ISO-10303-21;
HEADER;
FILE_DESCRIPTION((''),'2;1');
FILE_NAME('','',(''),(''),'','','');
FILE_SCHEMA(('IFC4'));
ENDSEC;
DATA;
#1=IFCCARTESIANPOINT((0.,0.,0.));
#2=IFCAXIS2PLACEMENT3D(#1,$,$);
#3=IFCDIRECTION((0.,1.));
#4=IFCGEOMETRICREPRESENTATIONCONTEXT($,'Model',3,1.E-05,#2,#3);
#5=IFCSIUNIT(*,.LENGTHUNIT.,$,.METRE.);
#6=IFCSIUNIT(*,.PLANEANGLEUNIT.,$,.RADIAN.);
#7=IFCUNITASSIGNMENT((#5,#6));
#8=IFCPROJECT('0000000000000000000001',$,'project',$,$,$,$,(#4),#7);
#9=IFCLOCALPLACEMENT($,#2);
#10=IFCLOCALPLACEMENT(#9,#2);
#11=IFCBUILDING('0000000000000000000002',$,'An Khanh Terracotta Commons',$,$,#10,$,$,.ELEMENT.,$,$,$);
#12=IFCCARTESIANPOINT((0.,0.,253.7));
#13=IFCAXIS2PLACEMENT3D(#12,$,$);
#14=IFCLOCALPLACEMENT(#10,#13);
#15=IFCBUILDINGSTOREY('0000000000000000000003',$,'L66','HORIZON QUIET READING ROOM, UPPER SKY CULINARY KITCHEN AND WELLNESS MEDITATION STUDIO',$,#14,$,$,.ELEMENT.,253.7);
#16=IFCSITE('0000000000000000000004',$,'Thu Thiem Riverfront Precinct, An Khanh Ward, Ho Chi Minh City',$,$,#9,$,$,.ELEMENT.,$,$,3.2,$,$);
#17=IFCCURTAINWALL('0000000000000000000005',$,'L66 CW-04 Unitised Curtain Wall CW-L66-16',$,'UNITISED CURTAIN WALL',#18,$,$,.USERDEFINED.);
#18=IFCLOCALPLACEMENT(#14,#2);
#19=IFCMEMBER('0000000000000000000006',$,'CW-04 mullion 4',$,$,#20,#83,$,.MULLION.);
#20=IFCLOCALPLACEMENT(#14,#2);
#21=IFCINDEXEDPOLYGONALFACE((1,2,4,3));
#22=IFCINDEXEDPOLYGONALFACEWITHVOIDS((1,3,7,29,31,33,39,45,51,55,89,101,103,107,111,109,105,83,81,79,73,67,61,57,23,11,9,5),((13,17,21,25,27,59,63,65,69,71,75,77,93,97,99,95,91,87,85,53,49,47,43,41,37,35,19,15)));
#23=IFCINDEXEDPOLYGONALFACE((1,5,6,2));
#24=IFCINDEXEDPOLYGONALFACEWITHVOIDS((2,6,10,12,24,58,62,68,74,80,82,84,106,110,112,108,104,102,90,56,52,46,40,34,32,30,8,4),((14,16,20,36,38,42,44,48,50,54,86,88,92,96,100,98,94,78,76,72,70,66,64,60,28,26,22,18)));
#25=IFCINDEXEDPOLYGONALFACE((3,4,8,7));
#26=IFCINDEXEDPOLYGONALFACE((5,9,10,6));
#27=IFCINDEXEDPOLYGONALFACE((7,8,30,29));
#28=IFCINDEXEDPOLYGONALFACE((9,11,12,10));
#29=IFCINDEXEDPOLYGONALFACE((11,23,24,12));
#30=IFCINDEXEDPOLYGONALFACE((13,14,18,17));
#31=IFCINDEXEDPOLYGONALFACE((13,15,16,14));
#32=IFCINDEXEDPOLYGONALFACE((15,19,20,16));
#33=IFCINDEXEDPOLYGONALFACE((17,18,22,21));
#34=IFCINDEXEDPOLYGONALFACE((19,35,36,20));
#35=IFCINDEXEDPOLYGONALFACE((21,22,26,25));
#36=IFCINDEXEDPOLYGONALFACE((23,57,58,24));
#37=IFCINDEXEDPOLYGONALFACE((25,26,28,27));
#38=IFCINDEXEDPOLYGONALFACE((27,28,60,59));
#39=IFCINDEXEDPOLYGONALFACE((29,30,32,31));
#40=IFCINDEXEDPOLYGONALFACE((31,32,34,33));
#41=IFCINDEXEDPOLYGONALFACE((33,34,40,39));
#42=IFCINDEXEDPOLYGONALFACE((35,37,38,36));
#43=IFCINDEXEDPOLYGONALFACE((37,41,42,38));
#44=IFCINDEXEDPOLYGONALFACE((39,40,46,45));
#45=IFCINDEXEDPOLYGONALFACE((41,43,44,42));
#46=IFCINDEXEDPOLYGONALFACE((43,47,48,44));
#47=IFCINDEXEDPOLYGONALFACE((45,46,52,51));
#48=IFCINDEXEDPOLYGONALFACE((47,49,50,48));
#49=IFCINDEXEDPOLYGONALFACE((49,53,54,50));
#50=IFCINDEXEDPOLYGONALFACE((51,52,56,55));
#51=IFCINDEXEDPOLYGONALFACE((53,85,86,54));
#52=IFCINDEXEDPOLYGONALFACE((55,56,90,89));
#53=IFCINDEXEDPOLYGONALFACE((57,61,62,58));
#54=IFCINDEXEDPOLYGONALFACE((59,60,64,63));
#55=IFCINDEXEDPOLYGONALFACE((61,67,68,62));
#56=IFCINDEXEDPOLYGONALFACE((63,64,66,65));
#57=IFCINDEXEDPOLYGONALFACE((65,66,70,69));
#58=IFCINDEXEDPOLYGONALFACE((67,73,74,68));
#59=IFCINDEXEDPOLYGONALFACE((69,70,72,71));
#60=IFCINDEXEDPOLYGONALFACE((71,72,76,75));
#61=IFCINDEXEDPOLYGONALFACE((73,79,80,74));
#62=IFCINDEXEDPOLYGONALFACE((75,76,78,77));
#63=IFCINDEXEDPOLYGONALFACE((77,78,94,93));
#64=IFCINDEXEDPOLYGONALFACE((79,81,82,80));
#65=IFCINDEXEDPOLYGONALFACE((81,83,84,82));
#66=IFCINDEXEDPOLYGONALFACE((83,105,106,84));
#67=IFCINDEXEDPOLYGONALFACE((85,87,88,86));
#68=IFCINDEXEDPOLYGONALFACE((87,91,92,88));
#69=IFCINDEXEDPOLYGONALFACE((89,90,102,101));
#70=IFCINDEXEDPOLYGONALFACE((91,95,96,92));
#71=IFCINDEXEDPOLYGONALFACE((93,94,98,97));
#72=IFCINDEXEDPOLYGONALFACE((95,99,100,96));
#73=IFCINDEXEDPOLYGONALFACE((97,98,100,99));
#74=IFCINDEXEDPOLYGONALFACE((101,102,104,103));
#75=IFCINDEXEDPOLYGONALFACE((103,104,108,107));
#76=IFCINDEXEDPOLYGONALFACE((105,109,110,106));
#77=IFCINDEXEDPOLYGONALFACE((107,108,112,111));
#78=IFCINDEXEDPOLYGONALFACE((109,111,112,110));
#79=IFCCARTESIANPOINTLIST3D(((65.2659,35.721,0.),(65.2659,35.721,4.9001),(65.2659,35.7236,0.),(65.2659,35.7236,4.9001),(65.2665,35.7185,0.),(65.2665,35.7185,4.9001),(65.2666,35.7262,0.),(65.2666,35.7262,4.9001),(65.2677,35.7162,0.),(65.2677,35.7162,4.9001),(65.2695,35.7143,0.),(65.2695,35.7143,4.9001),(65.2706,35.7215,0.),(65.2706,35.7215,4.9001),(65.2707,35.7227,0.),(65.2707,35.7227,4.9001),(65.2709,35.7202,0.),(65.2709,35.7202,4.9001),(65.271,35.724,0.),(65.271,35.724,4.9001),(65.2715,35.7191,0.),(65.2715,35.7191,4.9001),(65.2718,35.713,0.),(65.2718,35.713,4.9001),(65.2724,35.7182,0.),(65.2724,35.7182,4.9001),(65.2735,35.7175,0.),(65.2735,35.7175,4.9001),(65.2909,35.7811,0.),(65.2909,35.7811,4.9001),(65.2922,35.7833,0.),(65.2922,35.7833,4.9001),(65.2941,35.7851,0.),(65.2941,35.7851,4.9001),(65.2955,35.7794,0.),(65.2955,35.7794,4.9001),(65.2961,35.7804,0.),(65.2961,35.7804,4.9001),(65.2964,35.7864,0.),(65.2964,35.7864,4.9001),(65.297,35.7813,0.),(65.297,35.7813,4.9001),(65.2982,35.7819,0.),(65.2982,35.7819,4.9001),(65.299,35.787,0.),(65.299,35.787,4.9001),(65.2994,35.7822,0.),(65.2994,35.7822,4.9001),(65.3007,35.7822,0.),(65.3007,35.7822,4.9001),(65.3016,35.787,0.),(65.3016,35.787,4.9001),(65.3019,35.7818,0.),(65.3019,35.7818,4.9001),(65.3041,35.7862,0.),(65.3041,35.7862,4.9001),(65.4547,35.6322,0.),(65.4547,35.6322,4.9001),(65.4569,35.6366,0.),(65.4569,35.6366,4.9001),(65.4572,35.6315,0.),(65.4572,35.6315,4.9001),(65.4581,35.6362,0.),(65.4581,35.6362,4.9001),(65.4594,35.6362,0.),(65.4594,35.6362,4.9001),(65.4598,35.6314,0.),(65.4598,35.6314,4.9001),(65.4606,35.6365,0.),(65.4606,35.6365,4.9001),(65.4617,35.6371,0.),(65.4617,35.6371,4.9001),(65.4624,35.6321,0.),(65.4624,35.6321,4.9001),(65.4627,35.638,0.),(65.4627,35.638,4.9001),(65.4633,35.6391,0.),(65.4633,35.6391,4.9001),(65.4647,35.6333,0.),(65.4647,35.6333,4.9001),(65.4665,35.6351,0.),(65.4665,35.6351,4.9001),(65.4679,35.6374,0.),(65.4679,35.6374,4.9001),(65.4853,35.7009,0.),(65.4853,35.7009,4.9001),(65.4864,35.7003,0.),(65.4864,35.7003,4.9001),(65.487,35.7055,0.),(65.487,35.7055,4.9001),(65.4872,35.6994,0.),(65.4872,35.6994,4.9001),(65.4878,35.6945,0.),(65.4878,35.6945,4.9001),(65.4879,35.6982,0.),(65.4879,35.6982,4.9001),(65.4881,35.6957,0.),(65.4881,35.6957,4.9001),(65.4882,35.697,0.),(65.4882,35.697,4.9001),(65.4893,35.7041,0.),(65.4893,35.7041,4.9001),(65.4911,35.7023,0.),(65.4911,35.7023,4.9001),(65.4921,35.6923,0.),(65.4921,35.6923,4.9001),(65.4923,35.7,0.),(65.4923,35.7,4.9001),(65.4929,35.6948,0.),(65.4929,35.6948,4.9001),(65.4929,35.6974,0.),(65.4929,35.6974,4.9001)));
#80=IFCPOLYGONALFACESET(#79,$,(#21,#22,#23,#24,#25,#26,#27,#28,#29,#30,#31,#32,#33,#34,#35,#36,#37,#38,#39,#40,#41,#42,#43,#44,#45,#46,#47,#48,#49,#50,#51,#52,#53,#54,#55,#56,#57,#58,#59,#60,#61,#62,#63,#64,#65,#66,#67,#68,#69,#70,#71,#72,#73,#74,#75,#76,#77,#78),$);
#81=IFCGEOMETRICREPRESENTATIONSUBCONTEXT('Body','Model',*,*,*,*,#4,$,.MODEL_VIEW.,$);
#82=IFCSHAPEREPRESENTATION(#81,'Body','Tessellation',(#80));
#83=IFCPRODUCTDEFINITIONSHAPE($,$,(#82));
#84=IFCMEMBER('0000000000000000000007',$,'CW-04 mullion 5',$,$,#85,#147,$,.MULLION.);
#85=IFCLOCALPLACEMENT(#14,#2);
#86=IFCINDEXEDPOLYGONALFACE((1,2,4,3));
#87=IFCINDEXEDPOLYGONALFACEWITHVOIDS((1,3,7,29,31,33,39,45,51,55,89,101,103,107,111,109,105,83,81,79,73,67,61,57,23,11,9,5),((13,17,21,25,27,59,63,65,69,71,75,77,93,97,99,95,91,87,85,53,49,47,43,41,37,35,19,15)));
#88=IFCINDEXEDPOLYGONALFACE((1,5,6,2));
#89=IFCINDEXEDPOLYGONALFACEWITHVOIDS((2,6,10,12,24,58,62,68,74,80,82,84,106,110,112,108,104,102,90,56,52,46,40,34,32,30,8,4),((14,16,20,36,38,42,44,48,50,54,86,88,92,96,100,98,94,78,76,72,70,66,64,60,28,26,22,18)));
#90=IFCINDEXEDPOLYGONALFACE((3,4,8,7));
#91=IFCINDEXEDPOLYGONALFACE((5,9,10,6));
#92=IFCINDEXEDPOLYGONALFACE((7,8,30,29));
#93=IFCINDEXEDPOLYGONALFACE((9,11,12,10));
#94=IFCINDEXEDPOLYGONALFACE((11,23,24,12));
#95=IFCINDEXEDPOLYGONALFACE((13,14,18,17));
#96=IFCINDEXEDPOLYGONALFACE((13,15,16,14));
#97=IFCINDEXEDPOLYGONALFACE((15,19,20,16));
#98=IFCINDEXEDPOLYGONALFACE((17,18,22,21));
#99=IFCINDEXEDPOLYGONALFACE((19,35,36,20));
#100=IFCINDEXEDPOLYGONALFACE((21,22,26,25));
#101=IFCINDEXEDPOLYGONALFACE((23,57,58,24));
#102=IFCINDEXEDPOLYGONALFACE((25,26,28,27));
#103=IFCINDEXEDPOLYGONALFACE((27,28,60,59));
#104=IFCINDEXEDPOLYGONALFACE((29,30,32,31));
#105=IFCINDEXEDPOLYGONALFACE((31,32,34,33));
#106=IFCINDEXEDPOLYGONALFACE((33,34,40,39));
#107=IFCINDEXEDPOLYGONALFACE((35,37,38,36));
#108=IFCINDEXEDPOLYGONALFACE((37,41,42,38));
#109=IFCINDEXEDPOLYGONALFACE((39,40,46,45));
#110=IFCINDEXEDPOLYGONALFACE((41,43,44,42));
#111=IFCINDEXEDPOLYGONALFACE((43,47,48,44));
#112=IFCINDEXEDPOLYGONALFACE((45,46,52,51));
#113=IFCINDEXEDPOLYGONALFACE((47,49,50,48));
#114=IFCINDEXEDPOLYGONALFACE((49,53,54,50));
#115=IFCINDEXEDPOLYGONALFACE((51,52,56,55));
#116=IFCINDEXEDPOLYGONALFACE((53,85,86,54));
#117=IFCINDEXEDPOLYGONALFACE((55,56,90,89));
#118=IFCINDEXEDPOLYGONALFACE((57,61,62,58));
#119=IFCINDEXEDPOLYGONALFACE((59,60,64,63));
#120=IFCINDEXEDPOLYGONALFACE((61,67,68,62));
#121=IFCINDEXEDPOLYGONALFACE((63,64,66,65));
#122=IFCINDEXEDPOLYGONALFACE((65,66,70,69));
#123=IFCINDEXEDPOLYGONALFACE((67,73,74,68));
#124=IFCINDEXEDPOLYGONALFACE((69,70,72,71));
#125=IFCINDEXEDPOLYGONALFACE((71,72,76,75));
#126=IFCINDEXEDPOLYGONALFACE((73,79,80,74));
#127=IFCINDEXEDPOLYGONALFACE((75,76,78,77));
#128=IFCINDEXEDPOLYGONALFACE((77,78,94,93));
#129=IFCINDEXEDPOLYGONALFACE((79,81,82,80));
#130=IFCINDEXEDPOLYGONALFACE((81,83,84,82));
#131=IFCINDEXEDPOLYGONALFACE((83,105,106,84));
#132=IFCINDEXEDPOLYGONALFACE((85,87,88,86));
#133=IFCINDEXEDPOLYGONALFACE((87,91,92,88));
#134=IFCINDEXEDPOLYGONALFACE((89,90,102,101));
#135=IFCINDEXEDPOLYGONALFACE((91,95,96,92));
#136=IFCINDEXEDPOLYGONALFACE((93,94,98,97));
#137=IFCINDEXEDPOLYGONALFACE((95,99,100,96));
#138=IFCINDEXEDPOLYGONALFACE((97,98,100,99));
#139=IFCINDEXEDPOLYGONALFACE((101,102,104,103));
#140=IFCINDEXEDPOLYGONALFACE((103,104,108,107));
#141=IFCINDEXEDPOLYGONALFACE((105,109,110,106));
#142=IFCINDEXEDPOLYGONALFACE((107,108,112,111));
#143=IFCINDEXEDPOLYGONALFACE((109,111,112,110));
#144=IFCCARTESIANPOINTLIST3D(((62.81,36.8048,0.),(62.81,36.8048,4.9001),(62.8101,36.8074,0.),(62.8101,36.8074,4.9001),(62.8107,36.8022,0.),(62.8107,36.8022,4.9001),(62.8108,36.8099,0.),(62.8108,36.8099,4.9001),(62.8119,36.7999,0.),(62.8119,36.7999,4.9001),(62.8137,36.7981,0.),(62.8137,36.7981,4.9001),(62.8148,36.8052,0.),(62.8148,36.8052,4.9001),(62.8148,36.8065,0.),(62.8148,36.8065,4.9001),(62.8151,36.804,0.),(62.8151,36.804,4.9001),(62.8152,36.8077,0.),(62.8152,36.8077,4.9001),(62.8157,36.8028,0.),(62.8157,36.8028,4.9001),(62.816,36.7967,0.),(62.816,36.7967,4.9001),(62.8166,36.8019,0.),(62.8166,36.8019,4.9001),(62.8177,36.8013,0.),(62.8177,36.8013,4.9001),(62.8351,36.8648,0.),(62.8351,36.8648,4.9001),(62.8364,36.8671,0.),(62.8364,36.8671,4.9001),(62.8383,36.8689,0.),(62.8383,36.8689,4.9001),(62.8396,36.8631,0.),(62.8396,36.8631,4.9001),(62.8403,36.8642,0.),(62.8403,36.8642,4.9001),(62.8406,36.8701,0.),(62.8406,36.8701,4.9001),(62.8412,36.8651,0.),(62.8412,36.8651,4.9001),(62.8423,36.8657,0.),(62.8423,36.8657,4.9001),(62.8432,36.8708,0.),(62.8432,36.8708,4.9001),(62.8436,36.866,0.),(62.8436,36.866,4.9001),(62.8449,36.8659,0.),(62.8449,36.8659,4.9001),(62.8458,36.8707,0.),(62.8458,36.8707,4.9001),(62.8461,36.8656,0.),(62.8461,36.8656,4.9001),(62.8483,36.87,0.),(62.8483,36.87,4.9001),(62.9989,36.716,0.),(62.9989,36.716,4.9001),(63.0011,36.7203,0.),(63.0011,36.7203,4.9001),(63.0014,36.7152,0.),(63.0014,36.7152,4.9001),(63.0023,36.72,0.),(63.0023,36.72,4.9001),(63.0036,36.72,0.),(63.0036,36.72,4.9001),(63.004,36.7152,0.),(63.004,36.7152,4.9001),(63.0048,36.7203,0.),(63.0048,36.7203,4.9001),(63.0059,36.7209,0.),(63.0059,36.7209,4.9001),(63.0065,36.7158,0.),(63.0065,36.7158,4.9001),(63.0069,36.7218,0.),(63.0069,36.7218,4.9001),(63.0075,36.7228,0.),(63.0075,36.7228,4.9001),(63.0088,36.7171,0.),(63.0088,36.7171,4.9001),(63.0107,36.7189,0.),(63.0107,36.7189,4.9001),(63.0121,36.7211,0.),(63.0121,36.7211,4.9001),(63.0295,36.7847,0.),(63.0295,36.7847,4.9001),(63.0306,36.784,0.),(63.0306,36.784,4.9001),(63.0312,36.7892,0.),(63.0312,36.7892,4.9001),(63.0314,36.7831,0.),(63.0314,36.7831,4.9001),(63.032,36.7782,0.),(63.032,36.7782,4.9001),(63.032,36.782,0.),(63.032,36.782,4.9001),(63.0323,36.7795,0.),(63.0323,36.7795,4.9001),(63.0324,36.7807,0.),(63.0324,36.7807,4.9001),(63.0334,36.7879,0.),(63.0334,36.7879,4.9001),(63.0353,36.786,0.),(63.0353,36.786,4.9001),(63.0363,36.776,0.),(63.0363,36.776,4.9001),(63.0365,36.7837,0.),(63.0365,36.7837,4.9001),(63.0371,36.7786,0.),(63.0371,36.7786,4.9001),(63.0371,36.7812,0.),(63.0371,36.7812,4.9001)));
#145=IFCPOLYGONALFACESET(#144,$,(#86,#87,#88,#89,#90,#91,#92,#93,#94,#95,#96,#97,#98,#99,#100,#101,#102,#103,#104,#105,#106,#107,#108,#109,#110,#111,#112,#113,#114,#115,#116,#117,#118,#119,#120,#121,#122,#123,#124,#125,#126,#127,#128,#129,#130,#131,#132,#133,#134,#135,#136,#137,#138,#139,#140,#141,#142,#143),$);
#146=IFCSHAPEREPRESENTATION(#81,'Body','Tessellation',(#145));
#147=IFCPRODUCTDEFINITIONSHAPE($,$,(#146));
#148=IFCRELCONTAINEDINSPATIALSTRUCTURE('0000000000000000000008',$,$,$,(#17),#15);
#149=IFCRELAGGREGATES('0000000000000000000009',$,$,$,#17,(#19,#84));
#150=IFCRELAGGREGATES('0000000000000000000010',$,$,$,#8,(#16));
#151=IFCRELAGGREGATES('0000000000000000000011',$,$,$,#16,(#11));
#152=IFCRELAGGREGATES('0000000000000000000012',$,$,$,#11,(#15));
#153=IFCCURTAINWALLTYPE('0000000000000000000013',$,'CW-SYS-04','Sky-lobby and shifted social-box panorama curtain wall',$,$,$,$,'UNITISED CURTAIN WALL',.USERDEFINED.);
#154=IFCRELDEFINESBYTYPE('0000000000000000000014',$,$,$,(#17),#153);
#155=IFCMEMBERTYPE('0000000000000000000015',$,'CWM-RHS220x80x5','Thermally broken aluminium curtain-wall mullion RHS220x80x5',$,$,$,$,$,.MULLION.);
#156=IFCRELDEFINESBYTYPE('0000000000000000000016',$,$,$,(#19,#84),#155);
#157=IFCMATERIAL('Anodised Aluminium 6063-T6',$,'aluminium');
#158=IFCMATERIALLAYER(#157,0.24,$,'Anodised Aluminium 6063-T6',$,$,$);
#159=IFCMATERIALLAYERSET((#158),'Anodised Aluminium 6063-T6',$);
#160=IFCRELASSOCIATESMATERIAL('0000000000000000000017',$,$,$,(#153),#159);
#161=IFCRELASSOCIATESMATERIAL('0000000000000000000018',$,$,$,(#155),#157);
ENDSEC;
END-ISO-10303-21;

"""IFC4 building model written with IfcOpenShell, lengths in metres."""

from ifc_helpers import new_model, si_unit, direction, frame, origin, origin_2d, place, context, subcontext, project, spatial, hollow_rectangle, extrude, material, layer, layer_set, material_profile, profile_set, type_object, element, aggregate, save


model = new_model("IFC4")

# Units and contexts
model_context = context("Model", 3, precision=1e-05, world=origin(), true_north=direction((0.0, 1.0)))
body_context = subcontext(model_context, "Body", "Model", "MODEL_VIEW")
ifc_project = project(units=[si_unit("LENGTHUNIT", "METRE"), si_unit("PLANEANGLEUNIT", "RADIAN")], contexts=[model_context])

# Site, building, storey
site_placement = place(None, origin())
site = spatial("IfcSite", under=ifc_project, at=site_placement, Name="Thu Thiem Riverfront Precinct, An Khanh Ward, Ho Chi Minh City", CompositionType="ELEMENT", RefElevation=3.2)
building_placement = place(site_placement, origin())
building = spatial("IfcBuilding", under=site, at=building_placement, Name="An Khanh Terracotta Commons", CompositionType="ELEMENT")
storey_placement = place(building_placement, frame((0.0, 0.0, 253.7)))
storey = spatial("IfcBuildingStorey", under=building, at=storey_placement, Name="L66", Description="HORIZON QUIET READING ROOM, UPPER SKY CULINARY KITCHEN AND WELLNESS MEDITATION STUDIO", CompositionType="ELEMENT", Elevation=253.7)

# Curtain wall, members
ifc_material_1 = material(Name="Anodised Aluminium 6063-T6", Category="aluminium")
ifc_layer_1 = layer(ifc_material_1, 0.24, Name="Anodised Aluminium 6063-T6")
ifc_layer_set_1 = layer_set([ifc_layer_1], Name="Anodised Aluminium 6063-T6")
curtain_wall_type = type_object("IfcCurtainWallType", Name="CW-SYS-04", Description="Sky-lobby and shifted social-box panorama curtain wall", ElementType="UNITISED CURTAIN WALL", PredefinedType="USERDEFINED", material=ifc_layer_set_1)
curtain_wall_placement = place(storey_placement, origin())
curtain_wall = element("IfcCurtainWall", 1, at=curtain_wall_placement, inside=storey, type_object=curtain_wall_type, Name="L66 CW-04 Unitised Curtain Wall CW-L66-16", ObjectType="UNITISED CURTAIN WALL", PredefinedType="USERDEFINED")
ifc_material_profile_1 = material_profile(ifc_material_1, hollow_rectangle(XDim=0.0801, YDim=0.22, WallThickness=0.0049, InnerFilletRadius=0.0049, OuterFilletRadius=0.01, at=origin_2d()), Name="RHS220x80x5")
ifc_profile_set_1 = profile_set([ifc_material_profile_1], Name="Anodised Aluminium 6063-T6")
member_type_1 = type_object("IfcMemberType", Name="CWM-RHS220x80x5", Description="Thermally broken aluminium curtain-wall mullion RHS220x80x5", PredefinedType="MULLION", material=ifc_profile_set_1)
member_1_placement = place(storey_placement, frame((65.3794, 35.7092, 0.0), z_axis=(0.0, 0.0, 1.0), x_axis=(-0.403676, -0.914902, 0.0)))
member_1 = element("IfcMember", 2, at=member_1_placement, type_object=member_type_1, Name="CW-04 mullion 4", PredefinedType="MULLION", context=body_context, shape_type="SweptSolid", body=[
    extrude(hollow_rectangle(XDim=0.0801, YDim=0.22, WallThickness=0.0049, InnerFilletRadius=0.0049, OuterFilletRadius=0.01, at=origin_2d()), origin(), (0.0, 0.0, 1.0), 4.9001),
])
member_2_placement = place(storey_placement, frame((62.9236, 36.793, 0.0), z_axis=(0.0, 0.0, 1.0), x_axis=(-0.403676, -0.914902, 0.0)))
member_2 = element("IfcMember", 3, at=member_2_placement, type_object=member_type_1, Name="CW-04 mullion 5", PredefinedType="MULLION", context=body_context, shape_type="SweptSolid", body=[
    extrude(hollow_rectangle(XDim=0.0801, YDim=0.22, WallThickness=0.0049, InnerFilletRadius=0.0049, OuterFilletRadius=0.01, at=origin_2d()), origin(), (0.0, 0.0, 1.0), 4.9001),
])
aggregate(curtain_wall, [member_1, member_2])

save(model, "model.ifc")
